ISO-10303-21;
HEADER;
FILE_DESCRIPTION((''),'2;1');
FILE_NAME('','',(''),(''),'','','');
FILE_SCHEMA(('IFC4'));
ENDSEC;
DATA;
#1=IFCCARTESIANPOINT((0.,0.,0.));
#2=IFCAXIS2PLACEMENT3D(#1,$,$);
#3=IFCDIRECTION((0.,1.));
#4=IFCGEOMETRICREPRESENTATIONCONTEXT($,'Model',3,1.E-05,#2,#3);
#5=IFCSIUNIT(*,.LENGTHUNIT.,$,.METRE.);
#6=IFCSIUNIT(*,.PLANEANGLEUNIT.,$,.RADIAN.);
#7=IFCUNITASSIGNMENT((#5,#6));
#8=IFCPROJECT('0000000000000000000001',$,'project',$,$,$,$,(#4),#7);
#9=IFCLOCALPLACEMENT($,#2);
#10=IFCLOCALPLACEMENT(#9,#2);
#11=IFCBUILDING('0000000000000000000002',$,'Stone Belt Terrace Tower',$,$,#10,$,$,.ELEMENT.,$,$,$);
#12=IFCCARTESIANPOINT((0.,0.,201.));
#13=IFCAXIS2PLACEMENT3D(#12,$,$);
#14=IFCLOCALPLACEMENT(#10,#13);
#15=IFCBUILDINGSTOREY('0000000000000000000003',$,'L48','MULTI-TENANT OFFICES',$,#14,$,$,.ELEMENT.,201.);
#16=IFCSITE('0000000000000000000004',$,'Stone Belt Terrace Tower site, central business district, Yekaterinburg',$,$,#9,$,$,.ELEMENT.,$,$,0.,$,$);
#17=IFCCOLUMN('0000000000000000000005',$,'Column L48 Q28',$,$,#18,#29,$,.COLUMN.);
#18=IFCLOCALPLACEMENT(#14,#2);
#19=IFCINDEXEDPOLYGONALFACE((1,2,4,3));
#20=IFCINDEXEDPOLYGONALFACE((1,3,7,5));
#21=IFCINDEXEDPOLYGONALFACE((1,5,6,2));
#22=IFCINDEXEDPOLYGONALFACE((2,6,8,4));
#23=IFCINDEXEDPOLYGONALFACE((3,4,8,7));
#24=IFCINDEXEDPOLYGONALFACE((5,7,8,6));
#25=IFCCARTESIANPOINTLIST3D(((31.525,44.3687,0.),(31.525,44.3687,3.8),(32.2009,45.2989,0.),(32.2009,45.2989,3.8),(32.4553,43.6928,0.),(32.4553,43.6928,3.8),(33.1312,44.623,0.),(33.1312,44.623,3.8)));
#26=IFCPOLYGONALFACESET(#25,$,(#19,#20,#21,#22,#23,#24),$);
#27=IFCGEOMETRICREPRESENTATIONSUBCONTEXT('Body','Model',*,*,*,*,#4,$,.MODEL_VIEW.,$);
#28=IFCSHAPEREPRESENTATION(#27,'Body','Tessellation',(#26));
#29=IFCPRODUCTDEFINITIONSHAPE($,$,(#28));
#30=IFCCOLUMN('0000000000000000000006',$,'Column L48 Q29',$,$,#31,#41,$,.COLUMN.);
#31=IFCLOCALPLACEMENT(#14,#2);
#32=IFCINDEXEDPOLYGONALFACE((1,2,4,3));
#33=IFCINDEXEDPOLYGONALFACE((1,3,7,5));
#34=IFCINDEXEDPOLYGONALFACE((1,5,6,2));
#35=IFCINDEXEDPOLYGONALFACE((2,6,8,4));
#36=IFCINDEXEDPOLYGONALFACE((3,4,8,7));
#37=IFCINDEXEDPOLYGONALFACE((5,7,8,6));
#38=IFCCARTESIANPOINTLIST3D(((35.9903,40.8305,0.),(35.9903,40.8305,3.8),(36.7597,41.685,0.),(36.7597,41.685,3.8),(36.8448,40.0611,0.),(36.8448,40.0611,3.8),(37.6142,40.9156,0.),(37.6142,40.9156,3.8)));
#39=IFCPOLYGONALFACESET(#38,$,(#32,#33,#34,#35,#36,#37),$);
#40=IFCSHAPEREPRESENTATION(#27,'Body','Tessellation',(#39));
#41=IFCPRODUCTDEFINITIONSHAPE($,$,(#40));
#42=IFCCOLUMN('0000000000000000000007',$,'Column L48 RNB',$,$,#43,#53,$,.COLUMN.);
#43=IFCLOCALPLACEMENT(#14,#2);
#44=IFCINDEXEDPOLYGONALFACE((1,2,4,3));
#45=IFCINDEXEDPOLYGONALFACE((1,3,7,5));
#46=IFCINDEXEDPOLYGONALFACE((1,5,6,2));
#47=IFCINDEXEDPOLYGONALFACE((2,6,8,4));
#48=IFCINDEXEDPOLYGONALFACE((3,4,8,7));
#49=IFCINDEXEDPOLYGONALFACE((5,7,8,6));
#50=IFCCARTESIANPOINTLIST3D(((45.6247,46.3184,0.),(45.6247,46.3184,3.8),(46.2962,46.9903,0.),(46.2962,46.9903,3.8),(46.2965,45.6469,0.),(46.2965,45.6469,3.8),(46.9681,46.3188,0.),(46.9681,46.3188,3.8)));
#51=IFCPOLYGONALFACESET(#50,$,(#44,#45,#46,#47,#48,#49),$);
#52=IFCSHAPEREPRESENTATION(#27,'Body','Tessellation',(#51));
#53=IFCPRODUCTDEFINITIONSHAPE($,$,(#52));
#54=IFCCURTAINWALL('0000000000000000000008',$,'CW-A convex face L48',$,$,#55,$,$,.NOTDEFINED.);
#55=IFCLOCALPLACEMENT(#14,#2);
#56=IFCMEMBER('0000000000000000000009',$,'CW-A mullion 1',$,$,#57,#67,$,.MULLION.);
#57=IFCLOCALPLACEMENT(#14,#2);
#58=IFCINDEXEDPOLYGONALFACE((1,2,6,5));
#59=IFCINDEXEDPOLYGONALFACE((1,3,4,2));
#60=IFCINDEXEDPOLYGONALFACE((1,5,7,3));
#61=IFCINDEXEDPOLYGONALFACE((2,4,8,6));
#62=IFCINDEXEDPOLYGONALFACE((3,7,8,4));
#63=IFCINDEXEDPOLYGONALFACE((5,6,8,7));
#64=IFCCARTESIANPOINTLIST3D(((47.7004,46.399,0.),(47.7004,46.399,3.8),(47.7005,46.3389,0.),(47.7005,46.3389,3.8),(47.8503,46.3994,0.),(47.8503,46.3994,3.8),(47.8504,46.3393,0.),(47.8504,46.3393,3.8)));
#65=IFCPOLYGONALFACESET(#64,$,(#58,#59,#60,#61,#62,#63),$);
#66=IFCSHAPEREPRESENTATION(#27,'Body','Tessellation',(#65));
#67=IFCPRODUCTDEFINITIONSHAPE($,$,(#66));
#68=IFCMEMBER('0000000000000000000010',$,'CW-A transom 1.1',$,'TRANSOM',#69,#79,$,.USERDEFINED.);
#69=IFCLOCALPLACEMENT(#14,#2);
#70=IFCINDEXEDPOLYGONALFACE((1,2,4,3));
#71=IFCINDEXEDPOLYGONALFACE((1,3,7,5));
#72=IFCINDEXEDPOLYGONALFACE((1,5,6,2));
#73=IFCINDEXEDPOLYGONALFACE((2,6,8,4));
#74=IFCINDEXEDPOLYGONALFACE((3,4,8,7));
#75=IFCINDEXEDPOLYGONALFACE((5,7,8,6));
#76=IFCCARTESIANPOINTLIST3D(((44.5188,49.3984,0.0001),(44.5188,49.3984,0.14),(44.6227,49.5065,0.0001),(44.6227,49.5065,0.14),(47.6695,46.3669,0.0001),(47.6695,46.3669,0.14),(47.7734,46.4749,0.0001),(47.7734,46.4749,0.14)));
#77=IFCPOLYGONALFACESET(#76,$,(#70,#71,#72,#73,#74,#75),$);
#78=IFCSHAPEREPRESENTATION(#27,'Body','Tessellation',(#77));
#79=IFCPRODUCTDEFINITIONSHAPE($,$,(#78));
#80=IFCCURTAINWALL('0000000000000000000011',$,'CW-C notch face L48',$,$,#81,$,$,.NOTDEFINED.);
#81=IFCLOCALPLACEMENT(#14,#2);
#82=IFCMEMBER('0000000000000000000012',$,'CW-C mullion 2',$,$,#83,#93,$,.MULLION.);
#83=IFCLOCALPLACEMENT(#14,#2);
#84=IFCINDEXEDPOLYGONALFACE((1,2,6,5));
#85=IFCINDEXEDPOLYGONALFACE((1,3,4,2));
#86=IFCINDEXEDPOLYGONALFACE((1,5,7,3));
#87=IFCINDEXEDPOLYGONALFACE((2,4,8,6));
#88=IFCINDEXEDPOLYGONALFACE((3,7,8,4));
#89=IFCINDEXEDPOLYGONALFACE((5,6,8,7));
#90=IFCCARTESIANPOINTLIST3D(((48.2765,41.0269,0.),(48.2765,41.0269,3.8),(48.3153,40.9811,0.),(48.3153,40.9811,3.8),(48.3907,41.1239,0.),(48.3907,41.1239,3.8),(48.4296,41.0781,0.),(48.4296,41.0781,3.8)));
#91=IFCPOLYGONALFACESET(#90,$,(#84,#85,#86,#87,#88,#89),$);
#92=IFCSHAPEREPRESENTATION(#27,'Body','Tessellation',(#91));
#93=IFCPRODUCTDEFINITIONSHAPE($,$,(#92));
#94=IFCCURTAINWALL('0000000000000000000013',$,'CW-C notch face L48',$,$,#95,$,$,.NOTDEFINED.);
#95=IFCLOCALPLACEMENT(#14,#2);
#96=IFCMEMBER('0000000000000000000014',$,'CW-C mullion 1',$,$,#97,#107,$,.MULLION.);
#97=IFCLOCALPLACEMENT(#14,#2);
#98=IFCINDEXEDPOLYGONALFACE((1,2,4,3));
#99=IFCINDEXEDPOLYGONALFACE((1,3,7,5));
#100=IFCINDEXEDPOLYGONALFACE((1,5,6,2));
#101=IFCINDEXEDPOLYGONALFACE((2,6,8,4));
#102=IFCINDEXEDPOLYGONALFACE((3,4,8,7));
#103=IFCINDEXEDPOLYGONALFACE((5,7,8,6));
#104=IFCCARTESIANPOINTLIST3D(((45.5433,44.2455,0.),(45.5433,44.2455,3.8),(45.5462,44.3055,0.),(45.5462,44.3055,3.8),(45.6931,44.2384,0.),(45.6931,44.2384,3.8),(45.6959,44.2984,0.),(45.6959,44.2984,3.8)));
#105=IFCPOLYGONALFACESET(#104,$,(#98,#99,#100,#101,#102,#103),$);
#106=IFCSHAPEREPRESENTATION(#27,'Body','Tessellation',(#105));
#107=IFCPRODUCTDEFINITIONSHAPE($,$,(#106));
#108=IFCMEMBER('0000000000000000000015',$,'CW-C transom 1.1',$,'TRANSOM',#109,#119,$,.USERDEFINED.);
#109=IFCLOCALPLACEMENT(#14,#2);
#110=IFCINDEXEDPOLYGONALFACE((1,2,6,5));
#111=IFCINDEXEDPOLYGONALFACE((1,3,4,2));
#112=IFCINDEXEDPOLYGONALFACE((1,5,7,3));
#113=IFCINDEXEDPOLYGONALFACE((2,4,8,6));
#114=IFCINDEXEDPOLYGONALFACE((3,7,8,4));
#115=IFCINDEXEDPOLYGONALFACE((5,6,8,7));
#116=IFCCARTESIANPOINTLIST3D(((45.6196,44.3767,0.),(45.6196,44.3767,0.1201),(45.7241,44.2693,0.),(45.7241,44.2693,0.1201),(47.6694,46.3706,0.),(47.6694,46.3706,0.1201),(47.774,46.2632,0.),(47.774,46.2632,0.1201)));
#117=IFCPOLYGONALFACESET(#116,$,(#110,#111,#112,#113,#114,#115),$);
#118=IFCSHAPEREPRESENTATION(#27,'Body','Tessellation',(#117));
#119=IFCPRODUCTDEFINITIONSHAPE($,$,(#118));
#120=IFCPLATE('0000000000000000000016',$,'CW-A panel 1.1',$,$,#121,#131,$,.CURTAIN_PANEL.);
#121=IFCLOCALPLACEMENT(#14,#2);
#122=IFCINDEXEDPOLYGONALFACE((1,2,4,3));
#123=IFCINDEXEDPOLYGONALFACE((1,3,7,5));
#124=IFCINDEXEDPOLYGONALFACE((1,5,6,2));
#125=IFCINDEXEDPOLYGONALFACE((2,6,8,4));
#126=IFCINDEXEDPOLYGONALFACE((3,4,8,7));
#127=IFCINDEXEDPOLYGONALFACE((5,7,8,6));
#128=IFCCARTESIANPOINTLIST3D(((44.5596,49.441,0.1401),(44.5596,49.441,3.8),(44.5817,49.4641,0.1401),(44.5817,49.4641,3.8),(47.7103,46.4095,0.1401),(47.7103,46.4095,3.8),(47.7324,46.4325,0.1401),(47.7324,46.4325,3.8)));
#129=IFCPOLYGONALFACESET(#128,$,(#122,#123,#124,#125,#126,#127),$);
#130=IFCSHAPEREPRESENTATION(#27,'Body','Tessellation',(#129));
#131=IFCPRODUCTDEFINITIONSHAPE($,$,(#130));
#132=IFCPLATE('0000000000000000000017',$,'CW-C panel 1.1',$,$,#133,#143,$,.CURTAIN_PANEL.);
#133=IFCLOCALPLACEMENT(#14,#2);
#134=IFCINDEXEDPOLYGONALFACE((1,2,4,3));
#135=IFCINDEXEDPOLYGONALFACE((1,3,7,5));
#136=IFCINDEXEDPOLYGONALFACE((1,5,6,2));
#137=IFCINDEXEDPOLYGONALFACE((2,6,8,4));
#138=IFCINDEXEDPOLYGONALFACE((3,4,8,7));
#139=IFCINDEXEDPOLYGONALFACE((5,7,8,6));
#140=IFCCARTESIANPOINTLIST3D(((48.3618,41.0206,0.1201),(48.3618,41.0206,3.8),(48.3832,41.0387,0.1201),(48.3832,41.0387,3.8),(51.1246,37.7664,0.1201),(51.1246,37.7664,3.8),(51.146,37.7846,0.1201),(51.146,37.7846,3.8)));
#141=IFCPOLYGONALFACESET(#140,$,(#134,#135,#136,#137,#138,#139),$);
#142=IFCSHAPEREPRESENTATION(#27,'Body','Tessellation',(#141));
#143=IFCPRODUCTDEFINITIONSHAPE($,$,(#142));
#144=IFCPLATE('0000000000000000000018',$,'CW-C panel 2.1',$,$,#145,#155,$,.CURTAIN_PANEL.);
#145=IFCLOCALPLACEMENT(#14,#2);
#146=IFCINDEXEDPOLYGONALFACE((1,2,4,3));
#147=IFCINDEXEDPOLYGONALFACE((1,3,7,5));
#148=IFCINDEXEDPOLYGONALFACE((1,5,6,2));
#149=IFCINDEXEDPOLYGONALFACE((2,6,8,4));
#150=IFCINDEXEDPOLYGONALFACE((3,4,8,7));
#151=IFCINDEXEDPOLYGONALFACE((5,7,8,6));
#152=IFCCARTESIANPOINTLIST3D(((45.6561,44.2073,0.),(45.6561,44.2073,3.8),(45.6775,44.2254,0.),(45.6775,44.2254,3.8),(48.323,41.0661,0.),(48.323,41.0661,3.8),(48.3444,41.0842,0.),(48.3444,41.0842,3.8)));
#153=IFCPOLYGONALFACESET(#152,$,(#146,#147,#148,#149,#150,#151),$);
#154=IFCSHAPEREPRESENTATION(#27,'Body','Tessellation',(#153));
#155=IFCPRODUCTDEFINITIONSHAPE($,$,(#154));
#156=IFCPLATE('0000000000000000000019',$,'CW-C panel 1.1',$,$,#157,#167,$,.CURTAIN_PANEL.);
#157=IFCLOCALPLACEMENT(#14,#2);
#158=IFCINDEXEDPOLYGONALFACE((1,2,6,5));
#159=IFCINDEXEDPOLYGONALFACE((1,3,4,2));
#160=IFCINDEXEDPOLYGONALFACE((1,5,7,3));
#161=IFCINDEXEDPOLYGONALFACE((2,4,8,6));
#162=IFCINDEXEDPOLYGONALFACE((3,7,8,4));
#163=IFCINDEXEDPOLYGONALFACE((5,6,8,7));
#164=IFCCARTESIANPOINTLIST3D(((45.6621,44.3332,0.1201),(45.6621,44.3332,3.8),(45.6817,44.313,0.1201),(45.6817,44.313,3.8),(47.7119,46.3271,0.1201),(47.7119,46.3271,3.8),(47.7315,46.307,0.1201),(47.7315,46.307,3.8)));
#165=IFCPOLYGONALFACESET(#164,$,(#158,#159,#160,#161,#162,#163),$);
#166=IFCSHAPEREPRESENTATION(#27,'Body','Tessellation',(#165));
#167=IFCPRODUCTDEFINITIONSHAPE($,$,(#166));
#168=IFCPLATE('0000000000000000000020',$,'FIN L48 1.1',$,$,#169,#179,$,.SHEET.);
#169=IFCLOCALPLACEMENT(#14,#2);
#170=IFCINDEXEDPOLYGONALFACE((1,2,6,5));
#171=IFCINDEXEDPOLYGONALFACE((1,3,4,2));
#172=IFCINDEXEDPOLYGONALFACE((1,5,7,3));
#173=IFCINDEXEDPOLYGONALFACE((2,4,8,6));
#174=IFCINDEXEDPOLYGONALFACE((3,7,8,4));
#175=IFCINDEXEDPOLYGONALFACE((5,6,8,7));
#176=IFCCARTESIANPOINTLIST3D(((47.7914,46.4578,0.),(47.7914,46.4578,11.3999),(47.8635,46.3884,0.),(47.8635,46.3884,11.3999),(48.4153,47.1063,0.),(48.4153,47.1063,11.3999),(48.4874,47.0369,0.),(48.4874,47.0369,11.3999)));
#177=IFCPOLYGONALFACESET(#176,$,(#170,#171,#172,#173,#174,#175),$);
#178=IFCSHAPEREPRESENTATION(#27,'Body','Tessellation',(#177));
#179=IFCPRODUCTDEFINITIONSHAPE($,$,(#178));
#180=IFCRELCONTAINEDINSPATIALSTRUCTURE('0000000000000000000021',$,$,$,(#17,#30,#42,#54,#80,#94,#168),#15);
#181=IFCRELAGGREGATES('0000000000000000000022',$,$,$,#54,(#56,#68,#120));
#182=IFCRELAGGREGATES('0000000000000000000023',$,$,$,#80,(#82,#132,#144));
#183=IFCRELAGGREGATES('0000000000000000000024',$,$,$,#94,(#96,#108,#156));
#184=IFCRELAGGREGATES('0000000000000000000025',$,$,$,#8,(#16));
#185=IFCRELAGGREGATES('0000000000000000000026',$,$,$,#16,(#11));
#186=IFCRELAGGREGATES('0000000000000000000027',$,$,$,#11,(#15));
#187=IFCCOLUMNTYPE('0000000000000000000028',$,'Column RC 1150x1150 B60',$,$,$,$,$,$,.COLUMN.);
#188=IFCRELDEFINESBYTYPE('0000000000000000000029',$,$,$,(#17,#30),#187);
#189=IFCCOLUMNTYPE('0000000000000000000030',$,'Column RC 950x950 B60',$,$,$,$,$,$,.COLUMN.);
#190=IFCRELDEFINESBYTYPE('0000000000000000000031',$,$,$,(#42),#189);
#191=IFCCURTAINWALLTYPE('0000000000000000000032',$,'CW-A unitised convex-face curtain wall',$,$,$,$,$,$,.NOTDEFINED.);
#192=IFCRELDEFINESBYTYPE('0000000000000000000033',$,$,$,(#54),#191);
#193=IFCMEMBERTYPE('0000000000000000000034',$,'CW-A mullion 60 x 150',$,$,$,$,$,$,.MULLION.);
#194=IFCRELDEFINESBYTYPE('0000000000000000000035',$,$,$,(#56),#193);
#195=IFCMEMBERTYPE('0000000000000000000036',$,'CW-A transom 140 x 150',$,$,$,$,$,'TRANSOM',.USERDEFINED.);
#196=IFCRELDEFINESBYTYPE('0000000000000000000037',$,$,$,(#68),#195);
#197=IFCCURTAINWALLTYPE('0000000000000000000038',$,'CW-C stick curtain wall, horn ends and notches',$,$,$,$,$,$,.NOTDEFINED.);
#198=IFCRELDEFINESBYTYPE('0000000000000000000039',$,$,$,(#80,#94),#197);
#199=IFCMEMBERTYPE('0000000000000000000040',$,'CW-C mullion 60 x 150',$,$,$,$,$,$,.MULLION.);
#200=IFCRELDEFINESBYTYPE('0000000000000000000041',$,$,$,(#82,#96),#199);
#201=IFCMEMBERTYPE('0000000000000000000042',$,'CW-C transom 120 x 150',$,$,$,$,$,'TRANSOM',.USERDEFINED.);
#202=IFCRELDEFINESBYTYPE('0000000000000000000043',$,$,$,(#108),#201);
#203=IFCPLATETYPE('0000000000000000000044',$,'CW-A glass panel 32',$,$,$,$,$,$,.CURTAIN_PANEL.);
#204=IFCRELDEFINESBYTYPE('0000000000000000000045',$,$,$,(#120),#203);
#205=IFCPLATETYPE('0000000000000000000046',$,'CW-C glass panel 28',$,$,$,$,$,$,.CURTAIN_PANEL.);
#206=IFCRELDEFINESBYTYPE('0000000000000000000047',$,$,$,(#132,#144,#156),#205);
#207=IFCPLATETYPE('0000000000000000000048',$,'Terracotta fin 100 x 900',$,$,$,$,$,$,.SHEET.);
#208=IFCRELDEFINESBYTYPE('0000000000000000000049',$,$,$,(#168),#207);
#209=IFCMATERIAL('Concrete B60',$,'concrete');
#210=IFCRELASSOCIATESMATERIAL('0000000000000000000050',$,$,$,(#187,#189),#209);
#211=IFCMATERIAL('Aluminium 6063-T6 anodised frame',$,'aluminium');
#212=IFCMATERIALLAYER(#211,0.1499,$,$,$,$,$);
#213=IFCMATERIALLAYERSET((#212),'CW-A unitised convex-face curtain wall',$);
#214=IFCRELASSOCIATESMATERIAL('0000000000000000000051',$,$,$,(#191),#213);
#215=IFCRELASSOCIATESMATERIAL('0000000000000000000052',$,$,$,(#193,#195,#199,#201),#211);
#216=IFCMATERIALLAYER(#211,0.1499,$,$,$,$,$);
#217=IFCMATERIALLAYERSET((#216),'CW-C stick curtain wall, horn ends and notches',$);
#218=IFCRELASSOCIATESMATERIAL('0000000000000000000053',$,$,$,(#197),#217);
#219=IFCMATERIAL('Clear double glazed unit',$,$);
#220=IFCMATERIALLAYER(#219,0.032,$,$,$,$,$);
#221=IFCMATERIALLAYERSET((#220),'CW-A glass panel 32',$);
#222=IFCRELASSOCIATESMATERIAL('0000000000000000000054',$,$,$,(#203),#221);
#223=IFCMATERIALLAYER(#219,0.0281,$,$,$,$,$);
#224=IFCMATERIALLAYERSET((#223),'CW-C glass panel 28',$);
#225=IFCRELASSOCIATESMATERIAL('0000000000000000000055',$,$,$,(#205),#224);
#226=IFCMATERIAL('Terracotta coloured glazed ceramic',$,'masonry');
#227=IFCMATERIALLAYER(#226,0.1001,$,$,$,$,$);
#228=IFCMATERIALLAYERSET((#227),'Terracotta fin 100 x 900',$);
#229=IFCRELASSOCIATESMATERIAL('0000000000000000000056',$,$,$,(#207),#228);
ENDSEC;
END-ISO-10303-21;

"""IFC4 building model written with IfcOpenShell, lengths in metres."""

from ifc_helpers import new_model, si_unit, direction, frame, origin, origin_2d, place, context, subcontext, project, spatial, rectangle, extrude, material, layer, layer_set, material_profile, profile_set, type_object, element, aggregate, save


model = new_model("IFC4")

# Units and contexts
model_context = context("Model", 3, precision=1e-05, world=origin(), true_north=direction((0.0, 1.0)))
body_context = subcontext(model_context, "Body", "Model", "MODEL_VIEW")
ifc_project = project(units=[si_unit("LENGTHUNIT", "METRE"), si_unit("PLANEANGLEUNIT", "RADIAN")], contexts=[model_context])

# Site, building, storey
site_placement = place(None, origin())
site = spatial("IfcSite", under=ifc_project, at=site_placement, Name="Stone Belt Terrace Tower site, central business district, Yekaterinburg", CompositionType="ELEMENT", RefElevation=0.0)
building_placement = place(site_placement, origin())
building = spatial("IfcBuilding", under=site, at=building_placement, Name="Stone Belt Terrace Tower", CompositionType="ELEMENT")
storey_placement = place(building_placement, frame((0.0, 0.0, 201.0)))
storey = spatial("IfcBuildingStorey", under=building, at=storey_placement, Name="L48", Description="MULTI-TENANT OFFICES", CompositionType="ELEMENT", Elevation=201.0)

# Columns
ifc_material_1 = material(Name="Concrete B60", Category="concrete")
ifc_material_profile_1 = material_profile(ifc_material_1, rectangle(XDim=1.1499, YDim=1.1499, at=origin_2d()), Name="RC 1150x1150")
ifc_profile_set_1 = profile_set([ifc_material_profile_1], Name="Concrete B60")
column_type_1 = type_object("IfcColumnType", Name="Column RC 1150x1150 B60", PredefinedType="COLUMN", material=ifc_profile_set_1)
for number, where, z_axis, x_axis, name in (
    (1, (32.3281, 44.4958, 0.0), (0.0, 0.0, 1.0), (0.809017, -0.587785, 0.0), "Column L48 Q28"),
    (2, (36.8022, 40.873, 0.0), (0.0, 0.0, 1.0), (0.743145, -0.669131, 0.0), "Column L48 Q29"),
):
    element("IfcColumn", number, at=place(storey_placement, frame(where, z_axis=z_axis, x_axis=x_axis)), inside=storey, type_object=column_type_1, Name=name, PredefinedType="COLUMN", context=body_context, shape_type="SweptSolid", body=[
        extrude(rectangle(XDim=1.1499, YDim=1.1499, at=origin_2d()), origin(), (0.0, 0.0, 1.0), 3.8),
    ])
ifc_material_profile_2 = material_profile(ifc_material_1, rectangle(XDim=0.95, YDim=0.95, at=origin_2d()), Name="RC 950x950")
ifc_profile_set_2 = profile_set([ifc_material_profile_2], Name="Concrete B60")
column_type_2 = type_object("IfcColumnType", Name="Column RC 950x950 B60", PredefinedType="COLUMN", material=ifc_profile_set_2)
column_placement = place(storey_placement, frame((46.2964, 46.3186, 0.0), z_axis=(0.0, 0.0, 1.0), x_axis=(0.707276, -0.706938, 0.0)))
element("IfcColumn", 3, at=column_placement, inside=storey, type_object=column_type_2, Name="Column L48 RNB", PredefinedType="COLUMN", context=body_context, shape_type="SweptSolid", body=[
    extrude(rectangle(XDim=0.95, YDim=0.95, at=origin_2d()), origin(), (0.0, 0.0, 1.0), 3.8),
])

# Curtain wall, members
ifc_material_2 = material(Name="Aluminium 6063-T6 anodised frame", Category="aluminium")
ifc_layer_1 = layer(ifc_material_2, 0.1499)
ifc_layer_set_1 = layer_set([ifc_layer_1], Name="CW-A unitised convex-face curtain wall")
curtain_wall_type_1 = type_object("IfcCurtainWallType", Name="CW-A unitised convex-face curtain wall", PredefinedType="NOTDEFINED", material=ifc_layer_set_1)
curtain_wall_1_placement = place(storey_placement, origin())
curtain_wall_1 = element("IfcCurtainWall", 4, at=curtain_wall_1_placement, inside=storey, type_object=curtain_wall_type_1, Name="CW-A convex face L48", PredefinedType="NOTDEFINED")
ifc_material_profile_3 = material_profile(ifc_material_2, rectangle(XDim=0.1499, YDim=0.0601, at=origin_2d()), Name="Aluminium 6063-T6 60x150")
ifc_profile_set_3 = profile_set([ifc_material_profile_3], Name="Aluminium 6063-T6 anodised frame")
member_type_1 = type_object("IfcMemberType", Name="CW-A mullion 60 x 150", PredefinedType="MULLION", material=ifc_profile_set_3)
member_1_placement = place(storey_placement, frame((47.7754, 46.3691, 0.0), z_axis=(0.0, 0.0, 1.0), x_axis=(-0.999996, -0.002733, 0.0)))
member_1 = element("IfcMember", 5, at=member_1_placement, type_object=member_type_1, Name="CW-A mullion 1", PredefinedType="MULLION", context=body_context, shape_type="SweptSolid", body=[
    extrude(rectangle(XDim=0.1499, YDim=0.0601, at=origin_2d()), origin(), (0.0, 0.0, 1.0), 3.8),
])
ifc_material_profile_4 = material_profile(ifc_material_2, rectangle(XDim=0.1499, YDim=0.1399, at=origin_2d()), Name="Aluminium 6063-T6 150x140")
ifc_profile_set_4 = profile_set([ifc_material_profile_4], Name="Aluminium 6063-T6 anodised frame")
member_type_2 = type_object("IfcMemberType", Name="CW-A transom 140 x 150", ElementType="TRANSOM", PredefinedType="USERDEFINED", material=ifc_profile_set_4)
member_2_placement = place(storey_placement, frame((47.7214, 46.4209, 0.0701), z_axis=(-0.7206, 0.693351, 0.0), x_axis=(-0.693351, -0.7206, 0.0)))
member_2 = element("IfcMember", 6, at=member_2_placement, type_object=member_type_2, Name="CW-A transom 1.1", ObjectType="TRANSOM", PredefinedType="USERDEFINED", context=body_context, shape_type="SweptSolid", body=[
    extrude(rectangle(XDim=0.1499, YDim=0.1399, at=origin_2d()), origin(), (0.0, 0.0, 1.0), 4.3723),
])

# Curtain wall, member
ifc_layer_2 = layer(ifc_material_2, 0.1499)
ifc_layer_set_2 = layer_set([ifc_layer_2], Name="CW-C stick curtain wall, horn ends and notches")
curtain_wall_type_2 = type_object("IfcCurtainWallType", Name="CW-C stick curtain wall, horn ends and notches", PredefinedType="NOTDEFINED", material=ifc_layer_set_2)
curtain_wall_2_placement = place(storey_placement, origin())
curtain_wall_2 = element("IfcCurtainWall", 7, at=curtain_wall_2_placement, inside=storey, type_object=curtain_wall_type_2, Name="CW-C notch face L48", PredefinedType="NOTDEFINED")
ifc_material_profile_5 = material_profile(ifc_material_2, rectangle(XDim=0.1499, YDim=0.0601, at=origin_2d()), Name="Aluminium 6063-T6 60x150")
ifc_profile_set_5 = profile_set([ifc_material_profile_5], Name="Aluminium 6063-T6 anodised frame")
member_type_3 = type_object("IfcMemberType", Name="CW-C mullion 60 x 150", PredefinedType="MULLION", material=ifc_profile_set_5)
member_3_placement = place(storey_placement, frame((48.353, 41.0525, 0.0), z_axis=(0.0, 0.0, 1.0), x_axis=(-0.762311, -0.647211, 0.0)))
member_3 = element("IfcMember", 8, at=member_3_placement, type_object=member_type_3, Name="CW-C mullion 2", PredefinedType="MULLION", context=body_context, shape_type="SweptSolid", body=[
    extrude(rectangle(XDim=0.1499, YDim=0.0601, at=origin_2d()), origin(), (0.0, 0.0, 1.0), 3.8),
])

# Curtain wall, members
curtain_wall_3_placement = place(storey_placement, origin())
curtain_wall_3 = element("IfcCurtainWall", 9, at=curtain_wall_3_placement, inside=storey, type_object=curtain_wall_type_2, Name="CW-C notch face L48", PredefinedType="NOTDEFINED")
member_4_placement = place(storey_placement, frame((45.6196, 44.272, 0.0), z_axis=(0.0, 0.0, 1.0), x_axis=(-0.998865, 0.047626, 0.0)))
member_4 = element("IfcMember", 10, at=member_4_placement, type_object=member_type_3, Name="CW-C mullion 1", PredefinedType="MULLION", context=body_context, shape_type="SweptSolid", body=[
    extrude(rectangle(XDim=0.1499, YDim=0.0601, at=origin_2d()), origin(), (0.0, 0.0, 1.0), 3.8),
])
ifc_material_profile_6 = material_profile(ifc_material_2, rectangle(XDim=0.1499, YDim=0.1201, at=origin_2d()), Name="Aluminium 6063-T6 150x120")
ifc_profile_set_6 = profile_set([ifc_material_profile_6], Name="Aluminium 6063-T6 anodised frame")
member_type_4 = type_object("IfcMemberType", Name="CW-C transom 120 x 150", ElementType="TRANSOM", PredefinedType="USERDEFINED", material=ifc_profile_set_6)
member_5_placement = place(storey_placement, frame((45.6719, 44.323, 0.0601), z_axis=(0.716815, 0.697264, 0.0), x_axis=(-0.697264, 0.716815, 0.0)))
member_5 = element("IfcMember", 11, at=member_5_placement, type_object=member_type_4, Name="CW-C transom 1.1", ObjectType="TRANSOM", PredefinedType="USERDEFINED", context=body_context, shape_type="SweptSolid", body=[
    extrude(rectangle(XDim=0.1499, YDim=0.1201, at=origin_2d()), origin(), (0.0, 0.0, 1.0), 2.8596),
])

# Plates
ifc_material_3 = material(Name="Clear double glazed unit")
ifc_layer_3 = layer(ifc_material_3, 0.032)
ifc_layer_set_3 = layer_set([ifc_layer_3], Name="CW-A glass panel 32")
plate_type_1 = type_object("IfcPlateType", Name="CW-A glass panel 32", PredefinedType="CURTAIN_PANEL", material=ifc_layer_set_3)
plate_1_placement = place(storey_placement, frame((46.146, 47.9368, 0.1401), z_axis=(0.0, 0.0, 1.0), x_axis=(-0.720604, 0.693346, 0.0)))
plate_1 = element("IfcPlate", 12, at=plate_1_placement, type_object=plate_type_1, Name="CW-A panel 1.1", PredefinedType="CURTAIN_PANEL", context=body_context, shape_type="SweptSolid", body=[
    extrude(rectangle(XDim=4.3723, YDim=0.032, at=origin_2d()), origin(), (0.0, 0.0, 1.0), 3.6599),
])
aggregate(curtain_wall_1, [member_1, member_2, plate_1])
ifc_layer_4 = layer(ifc_material_3, 0.0281)
ifc_layer_set_4 = layer_set([ifc_layer_4], Name="CW-C glass panel 28")
plate_type_2 = type_object("IfcPlateType", Name="CW-C glass panel 28", PredefinedType="CURTAIN_PANEL", material=ifc_layer_set_4)
plate_2_placement = place(storey_placement, frame((49.7539, 39.4026, 0.1201), z_axis=(0.0, 0.0, 1.0), x_axis=(-0.647211, 0.762311, 0.0)))
plate_2 = element("IfcPlate", 13, at=plate_2_placement, type_object=plate_type_2, Name="CW-C panel 1.1", PredefinedType="CURTAIN_PANEL", context=body_context, shape_type="SweptSolid", body=[
    extrude(rectangle(XDim=4.2688, YDim=0.0281, at=origin_2d()), origin(), (0.0, 0.0, 1.0), 3.6799),
])
plate_3_placement = place(storey_placement, frame((47.0002, 42.6458, 0.0), z_axis=(0.0, 0.0, 1.0), x_axis=(-0.647211, 0.762311, 0.0)))
plate_3 = element("IfcPlate", 14, at=plate_3_placement, type_object=plate_type_2, Name="CW-C panel 2.1", PredefinedType="CURTAIN_PANEL", context=body_context, shape_type="SweptSolid", body=[
    extrude(rectangle(XDim=4.1206, YDim=0.0281, at=origin_2d()), origin(), (0.0, 0.0, 1.0), 3.8),
])
aggregate(curtain_wall_2, [member_3, plate_2, plate_3])
plate_4_placement = place(storey_placement, frame((46.6968, 45.3201, 0.1201), z_axis=(0.0, 0.0, 1.0), x_axis=(0.716803, 0.697275, 0.0)))
plate_4 = element("IfcPlate", 15, at=plate_4_placement, type_object=plate_type_2, Name="CW-C panel 1.1", PredefinedType="CURTAIN_PANEL", context=body_context, shape_type="SweptSolid", body=[
    extrude(rectangle(XDim=2.8596, YDim=0.0281, at=origin_2d()), origin(), (0.0, 0.0, 1.0), 3.6799),
])
aggregate(curtain_wall_3, [member_4, member_5, plate_4])

# Plate
ifc_material_4 = material(Name="Terracotta coloured glazed ceramic", Category="masonry")
ifc_layer_5 = layer(ifc_material_4, 0.1001)
ifc_layer_set_5 = layer_set([ifc_layer_5], Name="Terracotta fin 100 x 900")
plate_type_3 = type_object("IfcPlateType", Name="Terracotta fin 100 x 900", PredefinedType="SHEET", material=ifc_layer_set_5)
for number, where, z_axis, x_axis, name in (
    (16, (48.1394, 46.7473, 0.0), (0.0, 0.0, 1.0), (0.693346, 0.720604, 0.0), "FIN L48 1.1"),
):
    element("IfcPlate", number, at=place(storey_placement, frame(where, z_axis=z_axis, x_axis=x_axis)), inside=storey, type_object=plate_type_3, Name=name, PredefinedType="SHEET", context=body_context, shape_type="SweptSolid", body=[
        extrude(rectangle(XDim=0.8999, YDim=0.1001, at=origin_2d()), origin(), (0.0, 0.0, 1.0), 11.3999),
    ])

save(model, "model.ifc")
